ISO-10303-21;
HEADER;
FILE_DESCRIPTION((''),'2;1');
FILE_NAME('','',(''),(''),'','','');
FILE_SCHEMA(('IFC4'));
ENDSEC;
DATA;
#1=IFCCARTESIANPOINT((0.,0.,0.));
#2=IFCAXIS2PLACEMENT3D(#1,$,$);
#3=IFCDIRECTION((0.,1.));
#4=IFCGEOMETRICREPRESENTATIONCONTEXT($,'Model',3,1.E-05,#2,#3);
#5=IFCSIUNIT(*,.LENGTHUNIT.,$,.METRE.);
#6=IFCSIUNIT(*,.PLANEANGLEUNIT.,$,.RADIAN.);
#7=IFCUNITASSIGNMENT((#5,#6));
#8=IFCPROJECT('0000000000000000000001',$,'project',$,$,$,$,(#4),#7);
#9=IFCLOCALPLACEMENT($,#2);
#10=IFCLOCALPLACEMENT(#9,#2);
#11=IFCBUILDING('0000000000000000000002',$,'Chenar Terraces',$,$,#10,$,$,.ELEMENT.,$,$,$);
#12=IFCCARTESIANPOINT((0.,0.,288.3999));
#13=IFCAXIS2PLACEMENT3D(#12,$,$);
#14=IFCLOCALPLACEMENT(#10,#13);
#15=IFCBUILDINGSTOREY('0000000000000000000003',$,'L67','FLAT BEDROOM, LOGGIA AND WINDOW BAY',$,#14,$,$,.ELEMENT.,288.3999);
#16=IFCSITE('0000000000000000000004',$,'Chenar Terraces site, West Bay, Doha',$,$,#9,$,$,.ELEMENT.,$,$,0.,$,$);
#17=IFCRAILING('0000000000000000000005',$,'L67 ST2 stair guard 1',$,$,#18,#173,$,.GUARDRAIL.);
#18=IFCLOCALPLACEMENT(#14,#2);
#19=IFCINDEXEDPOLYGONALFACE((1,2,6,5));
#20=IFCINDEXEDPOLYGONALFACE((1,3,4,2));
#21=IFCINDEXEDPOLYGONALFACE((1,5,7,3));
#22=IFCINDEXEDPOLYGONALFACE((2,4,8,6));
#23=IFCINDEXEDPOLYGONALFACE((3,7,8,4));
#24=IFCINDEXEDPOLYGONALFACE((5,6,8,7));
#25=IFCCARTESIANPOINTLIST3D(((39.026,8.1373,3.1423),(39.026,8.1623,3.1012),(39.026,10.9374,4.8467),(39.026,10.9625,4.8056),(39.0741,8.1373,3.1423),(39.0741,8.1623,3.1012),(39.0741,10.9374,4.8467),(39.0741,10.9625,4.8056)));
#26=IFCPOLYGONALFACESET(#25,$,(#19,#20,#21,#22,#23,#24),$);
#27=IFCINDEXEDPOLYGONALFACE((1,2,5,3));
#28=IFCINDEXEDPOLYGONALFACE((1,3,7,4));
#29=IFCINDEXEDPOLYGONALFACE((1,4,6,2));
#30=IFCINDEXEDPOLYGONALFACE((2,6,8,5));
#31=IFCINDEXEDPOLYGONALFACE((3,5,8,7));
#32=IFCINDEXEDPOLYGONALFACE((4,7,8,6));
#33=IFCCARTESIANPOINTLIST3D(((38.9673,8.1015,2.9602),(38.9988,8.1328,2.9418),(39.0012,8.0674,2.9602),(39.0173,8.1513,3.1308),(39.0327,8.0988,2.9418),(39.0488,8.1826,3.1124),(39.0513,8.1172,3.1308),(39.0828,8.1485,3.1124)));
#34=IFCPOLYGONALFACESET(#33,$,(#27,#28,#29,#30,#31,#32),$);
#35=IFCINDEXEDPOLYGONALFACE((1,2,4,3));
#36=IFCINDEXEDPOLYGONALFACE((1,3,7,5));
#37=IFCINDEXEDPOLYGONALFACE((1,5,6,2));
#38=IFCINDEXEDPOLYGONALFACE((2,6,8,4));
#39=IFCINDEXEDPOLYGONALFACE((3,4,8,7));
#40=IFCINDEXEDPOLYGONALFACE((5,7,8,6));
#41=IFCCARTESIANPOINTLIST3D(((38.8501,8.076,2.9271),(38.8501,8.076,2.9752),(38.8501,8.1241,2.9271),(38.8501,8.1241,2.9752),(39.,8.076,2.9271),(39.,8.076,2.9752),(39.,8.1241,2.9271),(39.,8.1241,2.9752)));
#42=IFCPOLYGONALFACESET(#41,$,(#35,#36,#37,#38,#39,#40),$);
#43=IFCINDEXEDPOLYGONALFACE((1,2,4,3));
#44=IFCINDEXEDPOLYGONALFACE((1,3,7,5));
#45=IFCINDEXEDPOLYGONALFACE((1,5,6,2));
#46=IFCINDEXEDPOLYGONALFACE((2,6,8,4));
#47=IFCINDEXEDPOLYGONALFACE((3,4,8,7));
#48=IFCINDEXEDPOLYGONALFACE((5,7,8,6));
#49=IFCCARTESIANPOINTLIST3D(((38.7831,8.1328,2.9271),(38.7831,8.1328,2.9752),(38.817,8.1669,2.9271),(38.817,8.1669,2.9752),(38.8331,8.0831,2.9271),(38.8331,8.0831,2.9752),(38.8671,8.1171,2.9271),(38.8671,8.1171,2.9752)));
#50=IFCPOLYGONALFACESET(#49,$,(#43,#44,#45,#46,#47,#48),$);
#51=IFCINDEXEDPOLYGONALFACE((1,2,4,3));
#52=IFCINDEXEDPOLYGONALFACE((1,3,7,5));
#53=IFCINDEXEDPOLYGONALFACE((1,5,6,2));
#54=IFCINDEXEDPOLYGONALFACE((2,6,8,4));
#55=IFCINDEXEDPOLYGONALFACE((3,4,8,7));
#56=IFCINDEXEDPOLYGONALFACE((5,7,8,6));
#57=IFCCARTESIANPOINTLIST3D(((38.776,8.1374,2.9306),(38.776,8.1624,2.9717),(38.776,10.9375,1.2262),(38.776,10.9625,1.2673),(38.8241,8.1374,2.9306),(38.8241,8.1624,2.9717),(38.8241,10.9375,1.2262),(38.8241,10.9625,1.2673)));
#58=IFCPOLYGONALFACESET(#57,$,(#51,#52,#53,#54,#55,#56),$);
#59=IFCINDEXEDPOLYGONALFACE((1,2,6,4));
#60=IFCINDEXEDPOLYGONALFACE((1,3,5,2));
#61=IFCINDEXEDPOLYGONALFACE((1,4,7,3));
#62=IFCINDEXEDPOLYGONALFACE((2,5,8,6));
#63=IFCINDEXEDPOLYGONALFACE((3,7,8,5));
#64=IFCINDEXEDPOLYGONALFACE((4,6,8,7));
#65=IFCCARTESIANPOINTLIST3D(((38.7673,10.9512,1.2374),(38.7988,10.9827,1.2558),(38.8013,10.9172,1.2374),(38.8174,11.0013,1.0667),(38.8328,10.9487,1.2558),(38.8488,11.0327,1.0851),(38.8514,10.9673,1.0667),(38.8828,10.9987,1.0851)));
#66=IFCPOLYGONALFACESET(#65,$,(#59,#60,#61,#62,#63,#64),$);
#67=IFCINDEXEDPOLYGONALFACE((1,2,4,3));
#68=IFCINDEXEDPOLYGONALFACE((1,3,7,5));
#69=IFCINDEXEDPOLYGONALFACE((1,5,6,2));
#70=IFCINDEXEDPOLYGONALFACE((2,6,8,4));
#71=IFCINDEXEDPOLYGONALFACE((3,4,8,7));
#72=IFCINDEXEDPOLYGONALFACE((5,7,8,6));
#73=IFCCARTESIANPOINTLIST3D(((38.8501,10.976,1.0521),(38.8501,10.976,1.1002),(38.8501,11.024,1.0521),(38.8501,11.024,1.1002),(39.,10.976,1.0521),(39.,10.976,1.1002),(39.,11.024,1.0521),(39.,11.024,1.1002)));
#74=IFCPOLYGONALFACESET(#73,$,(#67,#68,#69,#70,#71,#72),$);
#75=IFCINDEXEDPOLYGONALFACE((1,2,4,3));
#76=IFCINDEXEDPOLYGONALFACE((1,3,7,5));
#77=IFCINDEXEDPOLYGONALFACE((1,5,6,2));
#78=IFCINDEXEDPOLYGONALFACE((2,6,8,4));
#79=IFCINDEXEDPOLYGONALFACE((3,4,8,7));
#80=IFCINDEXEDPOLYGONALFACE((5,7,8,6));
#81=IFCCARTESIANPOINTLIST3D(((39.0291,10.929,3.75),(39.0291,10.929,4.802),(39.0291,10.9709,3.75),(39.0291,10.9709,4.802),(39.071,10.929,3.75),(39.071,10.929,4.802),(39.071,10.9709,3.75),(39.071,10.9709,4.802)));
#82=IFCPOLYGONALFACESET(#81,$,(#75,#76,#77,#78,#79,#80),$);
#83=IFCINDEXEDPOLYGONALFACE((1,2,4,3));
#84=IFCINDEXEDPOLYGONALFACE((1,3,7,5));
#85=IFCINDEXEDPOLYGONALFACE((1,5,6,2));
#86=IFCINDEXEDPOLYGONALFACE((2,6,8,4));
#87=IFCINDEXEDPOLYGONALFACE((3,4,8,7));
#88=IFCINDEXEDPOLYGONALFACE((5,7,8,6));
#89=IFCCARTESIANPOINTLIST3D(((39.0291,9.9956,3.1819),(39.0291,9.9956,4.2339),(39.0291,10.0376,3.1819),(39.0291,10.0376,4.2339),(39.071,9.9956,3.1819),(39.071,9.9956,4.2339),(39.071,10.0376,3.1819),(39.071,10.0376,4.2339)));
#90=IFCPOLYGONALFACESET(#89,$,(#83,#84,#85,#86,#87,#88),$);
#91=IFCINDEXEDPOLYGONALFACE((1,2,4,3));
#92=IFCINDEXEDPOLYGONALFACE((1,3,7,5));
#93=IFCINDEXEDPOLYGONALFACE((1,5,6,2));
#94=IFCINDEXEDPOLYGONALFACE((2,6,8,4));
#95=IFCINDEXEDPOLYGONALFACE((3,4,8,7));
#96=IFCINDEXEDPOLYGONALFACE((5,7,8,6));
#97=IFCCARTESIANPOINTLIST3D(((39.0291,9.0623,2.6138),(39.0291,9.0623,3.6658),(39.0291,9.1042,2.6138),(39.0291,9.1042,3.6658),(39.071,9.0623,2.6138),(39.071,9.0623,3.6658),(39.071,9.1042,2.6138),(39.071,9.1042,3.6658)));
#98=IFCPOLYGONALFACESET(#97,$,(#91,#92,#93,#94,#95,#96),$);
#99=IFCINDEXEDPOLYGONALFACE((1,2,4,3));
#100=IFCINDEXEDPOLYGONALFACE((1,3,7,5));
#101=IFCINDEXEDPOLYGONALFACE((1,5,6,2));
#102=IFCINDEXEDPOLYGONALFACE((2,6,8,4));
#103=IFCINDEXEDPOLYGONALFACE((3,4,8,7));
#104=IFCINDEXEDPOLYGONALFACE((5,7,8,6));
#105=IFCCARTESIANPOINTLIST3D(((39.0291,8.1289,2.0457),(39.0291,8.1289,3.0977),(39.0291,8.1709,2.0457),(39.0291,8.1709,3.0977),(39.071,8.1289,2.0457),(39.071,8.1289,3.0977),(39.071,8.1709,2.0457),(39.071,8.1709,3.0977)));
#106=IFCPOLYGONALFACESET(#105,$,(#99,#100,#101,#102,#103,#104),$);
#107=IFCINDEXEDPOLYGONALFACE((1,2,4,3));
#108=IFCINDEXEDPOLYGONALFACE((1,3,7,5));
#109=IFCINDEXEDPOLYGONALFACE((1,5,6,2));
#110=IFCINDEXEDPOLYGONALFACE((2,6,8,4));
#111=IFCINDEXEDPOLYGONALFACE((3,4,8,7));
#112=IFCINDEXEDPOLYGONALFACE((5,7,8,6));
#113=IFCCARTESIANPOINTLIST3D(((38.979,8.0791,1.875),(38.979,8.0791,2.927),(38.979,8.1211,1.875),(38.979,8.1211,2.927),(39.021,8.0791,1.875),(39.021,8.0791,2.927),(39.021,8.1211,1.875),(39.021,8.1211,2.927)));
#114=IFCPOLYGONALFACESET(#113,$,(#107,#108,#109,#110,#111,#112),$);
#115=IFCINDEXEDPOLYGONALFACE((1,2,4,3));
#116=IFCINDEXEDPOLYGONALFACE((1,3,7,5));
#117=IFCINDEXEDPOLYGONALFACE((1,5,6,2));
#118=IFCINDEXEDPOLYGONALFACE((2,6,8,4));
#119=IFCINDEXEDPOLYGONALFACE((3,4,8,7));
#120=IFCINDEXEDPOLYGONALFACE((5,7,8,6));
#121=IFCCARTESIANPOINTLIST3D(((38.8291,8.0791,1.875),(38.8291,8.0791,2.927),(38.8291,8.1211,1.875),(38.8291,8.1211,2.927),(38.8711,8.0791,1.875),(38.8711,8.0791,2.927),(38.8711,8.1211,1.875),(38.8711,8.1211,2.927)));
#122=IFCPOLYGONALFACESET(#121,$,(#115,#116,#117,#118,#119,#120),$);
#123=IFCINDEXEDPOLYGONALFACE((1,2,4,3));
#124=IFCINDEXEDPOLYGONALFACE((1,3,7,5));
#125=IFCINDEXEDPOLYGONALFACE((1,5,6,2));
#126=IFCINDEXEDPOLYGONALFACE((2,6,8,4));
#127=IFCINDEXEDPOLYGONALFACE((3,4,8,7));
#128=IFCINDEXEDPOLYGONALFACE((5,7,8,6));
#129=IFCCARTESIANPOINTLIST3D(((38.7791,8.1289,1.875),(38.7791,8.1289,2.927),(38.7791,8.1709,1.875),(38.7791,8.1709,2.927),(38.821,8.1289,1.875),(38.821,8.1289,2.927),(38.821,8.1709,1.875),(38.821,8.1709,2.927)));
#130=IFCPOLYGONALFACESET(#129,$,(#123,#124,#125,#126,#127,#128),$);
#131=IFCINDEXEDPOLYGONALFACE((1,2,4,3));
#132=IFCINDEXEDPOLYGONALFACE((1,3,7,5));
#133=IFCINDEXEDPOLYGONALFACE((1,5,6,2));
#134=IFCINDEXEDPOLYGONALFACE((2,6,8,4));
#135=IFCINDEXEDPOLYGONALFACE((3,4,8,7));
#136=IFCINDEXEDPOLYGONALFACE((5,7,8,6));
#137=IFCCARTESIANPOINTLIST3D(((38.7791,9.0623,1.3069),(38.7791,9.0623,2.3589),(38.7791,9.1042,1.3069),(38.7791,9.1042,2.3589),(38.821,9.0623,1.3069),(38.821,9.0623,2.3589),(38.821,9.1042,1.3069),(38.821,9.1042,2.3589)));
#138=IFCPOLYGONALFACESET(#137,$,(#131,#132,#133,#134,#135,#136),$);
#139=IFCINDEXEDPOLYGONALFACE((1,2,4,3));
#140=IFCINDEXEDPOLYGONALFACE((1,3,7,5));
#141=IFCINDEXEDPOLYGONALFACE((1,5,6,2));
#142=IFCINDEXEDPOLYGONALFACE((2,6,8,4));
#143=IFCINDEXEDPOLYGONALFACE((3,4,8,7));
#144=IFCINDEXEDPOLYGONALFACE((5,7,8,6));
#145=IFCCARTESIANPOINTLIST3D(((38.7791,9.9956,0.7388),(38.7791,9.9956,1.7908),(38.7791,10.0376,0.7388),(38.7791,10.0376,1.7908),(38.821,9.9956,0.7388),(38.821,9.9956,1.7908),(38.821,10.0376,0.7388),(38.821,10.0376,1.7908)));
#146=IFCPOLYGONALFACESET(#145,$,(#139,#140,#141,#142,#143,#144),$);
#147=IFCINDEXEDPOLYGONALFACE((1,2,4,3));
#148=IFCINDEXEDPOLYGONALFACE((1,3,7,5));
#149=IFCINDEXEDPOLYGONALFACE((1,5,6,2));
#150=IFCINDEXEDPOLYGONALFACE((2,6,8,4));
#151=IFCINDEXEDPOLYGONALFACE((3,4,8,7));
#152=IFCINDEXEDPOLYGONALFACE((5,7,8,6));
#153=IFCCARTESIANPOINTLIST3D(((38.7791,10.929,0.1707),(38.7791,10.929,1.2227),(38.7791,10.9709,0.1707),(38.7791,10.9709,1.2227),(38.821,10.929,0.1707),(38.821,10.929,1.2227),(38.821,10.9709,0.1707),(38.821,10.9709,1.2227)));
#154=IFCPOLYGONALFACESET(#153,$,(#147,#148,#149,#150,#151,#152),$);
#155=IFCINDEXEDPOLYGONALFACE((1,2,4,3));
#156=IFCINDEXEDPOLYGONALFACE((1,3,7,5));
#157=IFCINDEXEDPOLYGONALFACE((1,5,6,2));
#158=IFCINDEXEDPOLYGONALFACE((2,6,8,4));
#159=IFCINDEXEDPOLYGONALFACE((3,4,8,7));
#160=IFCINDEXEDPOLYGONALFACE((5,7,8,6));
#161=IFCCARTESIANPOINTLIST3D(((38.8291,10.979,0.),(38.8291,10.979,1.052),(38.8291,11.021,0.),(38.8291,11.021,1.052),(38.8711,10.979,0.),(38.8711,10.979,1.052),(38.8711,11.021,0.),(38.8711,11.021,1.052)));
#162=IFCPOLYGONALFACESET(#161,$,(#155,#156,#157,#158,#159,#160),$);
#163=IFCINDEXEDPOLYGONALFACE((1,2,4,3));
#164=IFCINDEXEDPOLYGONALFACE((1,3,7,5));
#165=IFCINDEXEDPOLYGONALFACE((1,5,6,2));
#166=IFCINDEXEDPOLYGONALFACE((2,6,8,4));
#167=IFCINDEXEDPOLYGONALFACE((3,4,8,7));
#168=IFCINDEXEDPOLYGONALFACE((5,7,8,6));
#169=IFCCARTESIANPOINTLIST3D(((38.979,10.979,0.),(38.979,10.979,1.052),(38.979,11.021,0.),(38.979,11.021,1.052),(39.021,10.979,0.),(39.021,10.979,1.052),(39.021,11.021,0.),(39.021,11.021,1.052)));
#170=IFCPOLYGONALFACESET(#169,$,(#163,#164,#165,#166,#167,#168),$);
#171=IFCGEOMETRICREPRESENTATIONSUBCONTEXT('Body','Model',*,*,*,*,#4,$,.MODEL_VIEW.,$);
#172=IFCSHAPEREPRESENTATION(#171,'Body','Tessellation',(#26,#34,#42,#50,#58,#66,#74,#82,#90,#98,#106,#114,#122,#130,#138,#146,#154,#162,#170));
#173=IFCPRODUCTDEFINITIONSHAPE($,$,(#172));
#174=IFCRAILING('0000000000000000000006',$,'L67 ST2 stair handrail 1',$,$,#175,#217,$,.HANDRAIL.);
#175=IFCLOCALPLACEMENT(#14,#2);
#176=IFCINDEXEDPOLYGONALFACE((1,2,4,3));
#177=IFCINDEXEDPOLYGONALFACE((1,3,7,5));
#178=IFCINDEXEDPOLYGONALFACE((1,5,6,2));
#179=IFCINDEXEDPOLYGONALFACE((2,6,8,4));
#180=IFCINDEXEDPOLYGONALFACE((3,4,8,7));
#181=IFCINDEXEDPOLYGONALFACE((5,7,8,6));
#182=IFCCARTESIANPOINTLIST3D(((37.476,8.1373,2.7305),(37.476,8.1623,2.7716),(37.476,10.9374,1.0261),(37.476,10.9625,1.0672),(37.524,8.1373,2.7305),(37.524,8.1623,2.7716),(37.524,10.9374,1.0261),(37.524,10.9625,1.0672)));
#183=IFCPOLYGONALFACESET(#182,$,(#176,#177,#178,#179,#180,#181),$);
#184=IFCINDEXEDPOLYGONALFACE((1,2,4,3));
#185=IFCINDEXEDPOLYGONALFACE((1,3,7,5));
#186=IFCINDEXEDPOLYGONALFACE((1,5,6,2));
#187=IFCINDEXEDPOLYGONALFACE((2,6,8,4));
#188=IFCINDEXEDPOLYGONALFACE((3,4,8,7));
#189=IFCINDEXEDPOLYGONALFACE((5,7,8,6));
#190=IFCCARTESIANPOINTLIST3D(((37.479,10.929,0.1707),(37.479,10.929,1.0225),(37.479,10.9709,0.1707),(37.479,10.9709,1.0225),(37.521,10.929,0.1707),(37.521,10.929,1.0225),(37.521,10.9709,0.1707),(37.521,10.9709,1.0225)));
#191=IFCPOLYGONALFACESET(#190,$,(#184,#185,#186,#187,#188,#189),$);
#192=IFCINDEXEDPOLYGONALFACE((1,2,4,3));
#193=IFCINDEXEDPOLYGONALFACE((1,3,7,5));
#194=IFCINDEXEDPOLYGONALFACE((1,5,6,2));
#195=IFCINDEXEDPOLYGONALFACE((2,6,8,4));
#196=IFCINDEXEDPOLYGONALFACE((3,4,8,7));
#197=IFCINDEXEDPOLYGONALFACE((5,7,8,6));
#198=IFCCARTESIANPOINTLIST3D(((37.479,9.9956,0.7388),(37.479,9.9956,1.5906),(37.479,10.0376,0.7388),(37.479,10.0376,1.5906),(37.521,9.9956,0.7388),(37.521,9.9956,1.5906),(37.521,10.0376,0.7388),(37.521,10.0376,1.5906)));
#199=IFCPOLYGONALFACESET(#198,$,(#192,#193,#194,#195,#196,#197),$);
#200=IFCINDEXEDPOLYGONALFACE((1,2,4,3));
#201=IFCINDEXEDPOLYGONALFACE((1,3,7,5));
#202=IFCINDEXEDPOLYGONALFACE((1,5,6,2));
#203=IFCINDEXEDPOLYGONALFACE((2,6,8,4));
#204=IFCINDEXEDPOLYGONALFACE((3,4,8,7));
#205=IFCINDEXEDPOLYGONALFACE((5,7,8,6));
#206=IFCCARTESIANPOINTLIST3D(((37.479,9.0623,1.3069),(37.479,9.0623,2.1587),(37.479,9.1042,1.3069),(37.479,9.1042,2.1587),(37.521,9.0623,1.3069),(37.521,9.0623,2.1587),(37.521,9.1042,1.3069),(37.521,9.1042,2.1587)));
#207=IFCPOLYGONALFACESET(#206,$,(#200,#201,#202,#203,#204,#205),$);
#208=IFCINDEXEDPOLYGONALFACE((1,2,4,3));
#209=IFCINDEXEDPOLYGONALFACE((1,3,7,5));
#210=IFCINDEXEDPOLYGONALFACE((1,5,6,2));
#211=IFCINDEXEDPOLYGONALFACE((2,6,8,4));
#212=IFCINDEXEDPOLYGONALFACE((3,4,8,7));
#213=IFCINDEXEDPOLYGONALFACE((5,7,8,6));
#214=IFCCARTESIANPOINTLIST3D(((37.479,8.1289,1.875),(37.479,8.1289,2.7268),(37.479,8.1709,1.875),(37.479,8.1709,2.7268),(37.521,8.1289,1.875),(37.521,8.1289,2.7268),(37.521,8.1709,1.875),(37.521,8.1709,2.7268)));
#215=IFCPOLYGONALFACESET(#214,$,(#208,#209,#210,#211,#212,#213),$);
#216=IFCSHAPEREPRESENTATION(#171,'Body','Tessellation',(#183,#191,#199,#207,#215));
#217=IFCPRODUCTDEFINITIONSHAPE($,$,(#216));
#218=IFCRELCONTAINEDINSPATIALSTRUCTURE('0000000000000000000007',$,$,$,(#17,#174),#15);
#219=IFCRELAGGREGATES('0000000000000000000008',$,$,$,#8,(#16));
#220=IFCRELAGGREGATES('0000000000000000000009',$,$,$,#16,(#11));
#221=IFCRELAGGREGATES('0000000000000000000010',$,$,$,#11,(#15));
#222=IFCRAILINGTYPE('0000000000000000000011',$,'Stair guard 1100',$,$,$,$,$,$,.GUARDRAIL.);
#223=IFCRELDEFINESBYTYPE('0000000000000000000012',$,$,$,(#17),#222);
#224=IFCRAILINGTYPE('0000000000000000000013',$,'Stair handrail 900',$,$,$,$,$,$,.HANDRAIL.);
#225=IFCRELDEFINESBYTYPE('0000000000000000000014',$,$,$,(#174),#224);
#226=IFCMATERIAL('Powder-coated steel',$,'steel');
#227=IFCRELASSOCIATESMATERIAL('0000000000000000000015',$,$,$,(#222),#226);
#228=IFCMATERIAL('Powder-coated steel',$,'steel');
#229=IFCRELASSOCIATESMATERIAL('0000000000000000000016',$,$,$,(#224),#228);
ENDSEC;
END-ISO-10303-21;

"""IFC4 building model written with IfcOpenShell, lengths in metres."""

from ifc_helpers import new_model, si_unit, direction, frame, origin, origin_2d, place, context, subcontext, project, spatial, rectangle, extrude, material, type_object, element, save


model = new_model("IFC4")

# Units and contexts
model_context = context("Model", 3, precision=1e-05, world=origin(), true_north=direction((0.0, 1.0)))
body_context = subcontext(model_context, "Body", "Model", "MODEL_VIEW")
ifc_project = project(units=[si_unit("LENGTHUNIT", "METRE"), si_unit("PLANEANGLEUNIT", "RADIAN")], contexts=[model_context])

# Site, building, storey
site_placement = place(None, origin())
site = spatial("IfcSite", under=ifc_project, at=site_placement, Name="Chenar Terraces site, West Bay, Doha", CompositionType="ELEMENT", RefElevation=0.0)
building_placement = place(site_placement, origin())
building = spatial("IfcBuilding", under=site, at=building_placement, Name="Chenar Terraces", CompositionType="ELEMENT")
storey_placement = place(building_placement, frame((0.0, 0.0, 288.3999)))
storey = spatial("IfcBuildingStorey", under=building, at=storey_placement, Name="L67", Description="FLAT BEDROOM, LOGGIA AND WINDOW BAY", CompositionType="ELEMENT", Elevation=288.3999)

# Railings
ifc_material_1 = material(Name="Powder-coated steel", Category="steel")
railing_type_1 = type_object("IfcRailingType", Name="Stair guard 1100", PredefinedType="GUARDRAIL", material=ifc_material_1)
railing_1_placement = place(storey_placement, frame((39.05, 10.95, 3.75)))
element("IfcRailing", 1, at=railing_1_placement, inside=storey, type_object=railing_type_1, Name="L67 ST2 stair guard 1", PredefinedType="GUARDRAIL", context=body_context, shape_type="SweptSolid", body=[
    extrude(rectangle(XDim=0.0481, YDim=0.0481, at=origin_2d()), frame((0.0, 0.0, 1.0762), z_axis=(0.0, -0.854203, -0.51994), x_axis=(1.0, 0.0, 0.0)), (0.0, 0.0, 1.0), 3.2781),
    extrude(rectangle(XDim=0.0481, YDim=0.0481, at=origin_2d()), frame((0.0, -2.8, -0.6284), z_axis=(-0.270997, -0.269675, -0.924033), x_axis=(0.705376, -0.708834, 0.0)), (0.0, 0.0, 1.0), 0.1846),
    extrude(rectangle(XDim=0.0481, YDim=0.0481, at=origin_2d()), frame((-0.05, -2.8499, -0.7988), z_axis=(-1.0, 0.0, 0.0), x_axis=(0.0, -1.0, 0.0)), (0.0, 0.0, 1.0), 0.1499),
    extrude(rectangle(XDim=0.0481, YDim=0.0481, at=origin_2d()), frame((-0.2, -2.8499, -0.7988), z_axis=(-0.708834, 0.705376, 0.0), x_axis=(-0.705376, -0.708834, 0.0)), (0.0, 0.0, 1.0), 0.0706),
    extrude(rectangle(XDim=0.0481, YDim=0.0481, at=origin_2d()), frame((-0.25, -2.8, -0.7988), z_axis=(0.0, 0.854203, -0.51994), x_axis=(-1.0, 0.0, 0.0)), (0.0, 0.0, 1.0), 3.2781),
    extrude(rectangle(XDim=0.0481, YDim=0.0481, at=origin_2d()), frame((-0.25, 0.0, -2.5034), z_axis=(0.2709, 0.2709, -0.923703), x_axis=(-0.707107, 0.707107, 0.0)), (0.0, 0.0, 1.0), 0.1848),
    extrude(rectangle(XDim=0.0481, YDim=0.0481, at=origin_2d()), frame((-0.2, 0.05, -2.6738), z_axis=(1.0, 0.0, 0.0), x_axis=(0.0, 1.0, 0.0)), (0.0, 0.0, 1.0), 0.1499),
    extrude(rectangle(XDim=0.042, YDim=0.042, at=origin_2d()), origin(), (0.0, 0.0, 1.0), 1.052),
    extrude(rectangle(XDim=0.042, YDim=0.042, at=origin_2d()), frame((0.0, -0.9333, -0.5681)), (0.0, 0.0, 1.0), 1.052),
    extrude(rectangle(XDim=0.042, YDim=0.042, at=origin_2d()), frame((0.0, -1.8667, -1.1362)), (0.0, 0.0, 1.0), 1.052),
    extrude(rectangle(XDim=0.042, YDim=0.042, at=origin_2d()), frame((0.0, -2.8, -1.7043)), (0.0, 0.0, 1.0), 1.052),
    extrude(rectangle(XDim=0.042, YDim=0.042, at=origin_2d()), frame((-0.05, -2.8499, -1.875)), (0.0, 0.0, 1.0), 1.052),
    extrude(rectangle(XDim=0.042, YDim=0.042, at=origin_2d()), frame((-0.2, -2.8499, -1.875)), (0.0, 0.0, 1.0), 1.052),
    extrude(rectangle(XDim=0.042, YDim=0.042, at=origin_2d()), frame((-0.25, -2.8, -1.875)), (0.0, 0.0, 1.0), 1.052),
    extrude(rectangle(XDim=0.042, YDim=0.042, at=origin_2d()), frame((-0.25, -1.8667, -2.4431)), (0.0, 0.0, 1.0), 1.052),
    extrude(rectangle(XDim=0.042, YDim=0.042, at=origin_2d()), frame((-0.25, -0.9333, -3.0112)), (0.0, 0.0, 1.0), 1.052),
    extrude(rectangle(XDim=0.042, YDim=0.042, at=origin_2d()), frame((-0.25, 0.0, -3.5793)), (0.0, 0.0, 1.0), 1.052),
    extrude(rectangle(XDim=0.042, YDim=0.042, at=origin_2d()), frame((-0.2, 0.05, -3.75)), (0.0, 0.0, 1.0), 1.052),
    extrude(rectangle(XDim=0.042, YDim=0.042, at=origin_2d()), frame((-0.05, 0.05, -3.75)), (0.0, 0.0, 1.0), 1.052),
])
ifc_material_2 = material(Name="Powder-coated steel", Category="steel")
railing_type_2 = type_object("IfcRailingType", Name="Stair handrail 900", PredefinedType="HANDRAIL", material=ifc_material_2)
railing_2_placement = place(storey_placement, frame((37.5, 10.95, 0.1707)))
element("IfcRailing", 2, at=railing_2_placement, inside=storey, type_object=railing_type_2, Name="L67 ST2 stair handrail 1", PredefinedType="HANDRAIL", context=body_context, shape_type="SweptSolid", body=[
    extrude(rectangle(XDim=0.0481, YDim=0.0481, at=origin_2d()), frame((0.0, 0.0, 0.876), z_axis=(0.0, -0.854203, 0.51994), x_axis=(1.0, 0.0, 0.0)), (0.0, 0.0, 1.0), 3.2781),
    extrude(rectangle(XDim=0.042, YDim=0.042, at=origin_2d()), origin(), (0.0, 0.0, 1.0), 0.8518),
    extrude(rectangle(XDim=0.042, YDim=0.042, at=origin_2d()), frame((0.0, -0.9333, 0.5681)), (0.0, 0.0, 1.0), 0.8518),
    extrude(rectangle(XDim=0.042, YDim=0.042, at=origin_2d()), frame((0.0, -1.8667, 1.1362)), (0.0, 0.0, 1.0), 0.8518),
    extrude(rectangle(XDim=0.042, YDim=0.042, at=origin_2d()), frame((0.0, -2.8, 1.7043)), (0.0, 0.0, 1.0), 0.8518),
])

save(model, "model.ifc")
